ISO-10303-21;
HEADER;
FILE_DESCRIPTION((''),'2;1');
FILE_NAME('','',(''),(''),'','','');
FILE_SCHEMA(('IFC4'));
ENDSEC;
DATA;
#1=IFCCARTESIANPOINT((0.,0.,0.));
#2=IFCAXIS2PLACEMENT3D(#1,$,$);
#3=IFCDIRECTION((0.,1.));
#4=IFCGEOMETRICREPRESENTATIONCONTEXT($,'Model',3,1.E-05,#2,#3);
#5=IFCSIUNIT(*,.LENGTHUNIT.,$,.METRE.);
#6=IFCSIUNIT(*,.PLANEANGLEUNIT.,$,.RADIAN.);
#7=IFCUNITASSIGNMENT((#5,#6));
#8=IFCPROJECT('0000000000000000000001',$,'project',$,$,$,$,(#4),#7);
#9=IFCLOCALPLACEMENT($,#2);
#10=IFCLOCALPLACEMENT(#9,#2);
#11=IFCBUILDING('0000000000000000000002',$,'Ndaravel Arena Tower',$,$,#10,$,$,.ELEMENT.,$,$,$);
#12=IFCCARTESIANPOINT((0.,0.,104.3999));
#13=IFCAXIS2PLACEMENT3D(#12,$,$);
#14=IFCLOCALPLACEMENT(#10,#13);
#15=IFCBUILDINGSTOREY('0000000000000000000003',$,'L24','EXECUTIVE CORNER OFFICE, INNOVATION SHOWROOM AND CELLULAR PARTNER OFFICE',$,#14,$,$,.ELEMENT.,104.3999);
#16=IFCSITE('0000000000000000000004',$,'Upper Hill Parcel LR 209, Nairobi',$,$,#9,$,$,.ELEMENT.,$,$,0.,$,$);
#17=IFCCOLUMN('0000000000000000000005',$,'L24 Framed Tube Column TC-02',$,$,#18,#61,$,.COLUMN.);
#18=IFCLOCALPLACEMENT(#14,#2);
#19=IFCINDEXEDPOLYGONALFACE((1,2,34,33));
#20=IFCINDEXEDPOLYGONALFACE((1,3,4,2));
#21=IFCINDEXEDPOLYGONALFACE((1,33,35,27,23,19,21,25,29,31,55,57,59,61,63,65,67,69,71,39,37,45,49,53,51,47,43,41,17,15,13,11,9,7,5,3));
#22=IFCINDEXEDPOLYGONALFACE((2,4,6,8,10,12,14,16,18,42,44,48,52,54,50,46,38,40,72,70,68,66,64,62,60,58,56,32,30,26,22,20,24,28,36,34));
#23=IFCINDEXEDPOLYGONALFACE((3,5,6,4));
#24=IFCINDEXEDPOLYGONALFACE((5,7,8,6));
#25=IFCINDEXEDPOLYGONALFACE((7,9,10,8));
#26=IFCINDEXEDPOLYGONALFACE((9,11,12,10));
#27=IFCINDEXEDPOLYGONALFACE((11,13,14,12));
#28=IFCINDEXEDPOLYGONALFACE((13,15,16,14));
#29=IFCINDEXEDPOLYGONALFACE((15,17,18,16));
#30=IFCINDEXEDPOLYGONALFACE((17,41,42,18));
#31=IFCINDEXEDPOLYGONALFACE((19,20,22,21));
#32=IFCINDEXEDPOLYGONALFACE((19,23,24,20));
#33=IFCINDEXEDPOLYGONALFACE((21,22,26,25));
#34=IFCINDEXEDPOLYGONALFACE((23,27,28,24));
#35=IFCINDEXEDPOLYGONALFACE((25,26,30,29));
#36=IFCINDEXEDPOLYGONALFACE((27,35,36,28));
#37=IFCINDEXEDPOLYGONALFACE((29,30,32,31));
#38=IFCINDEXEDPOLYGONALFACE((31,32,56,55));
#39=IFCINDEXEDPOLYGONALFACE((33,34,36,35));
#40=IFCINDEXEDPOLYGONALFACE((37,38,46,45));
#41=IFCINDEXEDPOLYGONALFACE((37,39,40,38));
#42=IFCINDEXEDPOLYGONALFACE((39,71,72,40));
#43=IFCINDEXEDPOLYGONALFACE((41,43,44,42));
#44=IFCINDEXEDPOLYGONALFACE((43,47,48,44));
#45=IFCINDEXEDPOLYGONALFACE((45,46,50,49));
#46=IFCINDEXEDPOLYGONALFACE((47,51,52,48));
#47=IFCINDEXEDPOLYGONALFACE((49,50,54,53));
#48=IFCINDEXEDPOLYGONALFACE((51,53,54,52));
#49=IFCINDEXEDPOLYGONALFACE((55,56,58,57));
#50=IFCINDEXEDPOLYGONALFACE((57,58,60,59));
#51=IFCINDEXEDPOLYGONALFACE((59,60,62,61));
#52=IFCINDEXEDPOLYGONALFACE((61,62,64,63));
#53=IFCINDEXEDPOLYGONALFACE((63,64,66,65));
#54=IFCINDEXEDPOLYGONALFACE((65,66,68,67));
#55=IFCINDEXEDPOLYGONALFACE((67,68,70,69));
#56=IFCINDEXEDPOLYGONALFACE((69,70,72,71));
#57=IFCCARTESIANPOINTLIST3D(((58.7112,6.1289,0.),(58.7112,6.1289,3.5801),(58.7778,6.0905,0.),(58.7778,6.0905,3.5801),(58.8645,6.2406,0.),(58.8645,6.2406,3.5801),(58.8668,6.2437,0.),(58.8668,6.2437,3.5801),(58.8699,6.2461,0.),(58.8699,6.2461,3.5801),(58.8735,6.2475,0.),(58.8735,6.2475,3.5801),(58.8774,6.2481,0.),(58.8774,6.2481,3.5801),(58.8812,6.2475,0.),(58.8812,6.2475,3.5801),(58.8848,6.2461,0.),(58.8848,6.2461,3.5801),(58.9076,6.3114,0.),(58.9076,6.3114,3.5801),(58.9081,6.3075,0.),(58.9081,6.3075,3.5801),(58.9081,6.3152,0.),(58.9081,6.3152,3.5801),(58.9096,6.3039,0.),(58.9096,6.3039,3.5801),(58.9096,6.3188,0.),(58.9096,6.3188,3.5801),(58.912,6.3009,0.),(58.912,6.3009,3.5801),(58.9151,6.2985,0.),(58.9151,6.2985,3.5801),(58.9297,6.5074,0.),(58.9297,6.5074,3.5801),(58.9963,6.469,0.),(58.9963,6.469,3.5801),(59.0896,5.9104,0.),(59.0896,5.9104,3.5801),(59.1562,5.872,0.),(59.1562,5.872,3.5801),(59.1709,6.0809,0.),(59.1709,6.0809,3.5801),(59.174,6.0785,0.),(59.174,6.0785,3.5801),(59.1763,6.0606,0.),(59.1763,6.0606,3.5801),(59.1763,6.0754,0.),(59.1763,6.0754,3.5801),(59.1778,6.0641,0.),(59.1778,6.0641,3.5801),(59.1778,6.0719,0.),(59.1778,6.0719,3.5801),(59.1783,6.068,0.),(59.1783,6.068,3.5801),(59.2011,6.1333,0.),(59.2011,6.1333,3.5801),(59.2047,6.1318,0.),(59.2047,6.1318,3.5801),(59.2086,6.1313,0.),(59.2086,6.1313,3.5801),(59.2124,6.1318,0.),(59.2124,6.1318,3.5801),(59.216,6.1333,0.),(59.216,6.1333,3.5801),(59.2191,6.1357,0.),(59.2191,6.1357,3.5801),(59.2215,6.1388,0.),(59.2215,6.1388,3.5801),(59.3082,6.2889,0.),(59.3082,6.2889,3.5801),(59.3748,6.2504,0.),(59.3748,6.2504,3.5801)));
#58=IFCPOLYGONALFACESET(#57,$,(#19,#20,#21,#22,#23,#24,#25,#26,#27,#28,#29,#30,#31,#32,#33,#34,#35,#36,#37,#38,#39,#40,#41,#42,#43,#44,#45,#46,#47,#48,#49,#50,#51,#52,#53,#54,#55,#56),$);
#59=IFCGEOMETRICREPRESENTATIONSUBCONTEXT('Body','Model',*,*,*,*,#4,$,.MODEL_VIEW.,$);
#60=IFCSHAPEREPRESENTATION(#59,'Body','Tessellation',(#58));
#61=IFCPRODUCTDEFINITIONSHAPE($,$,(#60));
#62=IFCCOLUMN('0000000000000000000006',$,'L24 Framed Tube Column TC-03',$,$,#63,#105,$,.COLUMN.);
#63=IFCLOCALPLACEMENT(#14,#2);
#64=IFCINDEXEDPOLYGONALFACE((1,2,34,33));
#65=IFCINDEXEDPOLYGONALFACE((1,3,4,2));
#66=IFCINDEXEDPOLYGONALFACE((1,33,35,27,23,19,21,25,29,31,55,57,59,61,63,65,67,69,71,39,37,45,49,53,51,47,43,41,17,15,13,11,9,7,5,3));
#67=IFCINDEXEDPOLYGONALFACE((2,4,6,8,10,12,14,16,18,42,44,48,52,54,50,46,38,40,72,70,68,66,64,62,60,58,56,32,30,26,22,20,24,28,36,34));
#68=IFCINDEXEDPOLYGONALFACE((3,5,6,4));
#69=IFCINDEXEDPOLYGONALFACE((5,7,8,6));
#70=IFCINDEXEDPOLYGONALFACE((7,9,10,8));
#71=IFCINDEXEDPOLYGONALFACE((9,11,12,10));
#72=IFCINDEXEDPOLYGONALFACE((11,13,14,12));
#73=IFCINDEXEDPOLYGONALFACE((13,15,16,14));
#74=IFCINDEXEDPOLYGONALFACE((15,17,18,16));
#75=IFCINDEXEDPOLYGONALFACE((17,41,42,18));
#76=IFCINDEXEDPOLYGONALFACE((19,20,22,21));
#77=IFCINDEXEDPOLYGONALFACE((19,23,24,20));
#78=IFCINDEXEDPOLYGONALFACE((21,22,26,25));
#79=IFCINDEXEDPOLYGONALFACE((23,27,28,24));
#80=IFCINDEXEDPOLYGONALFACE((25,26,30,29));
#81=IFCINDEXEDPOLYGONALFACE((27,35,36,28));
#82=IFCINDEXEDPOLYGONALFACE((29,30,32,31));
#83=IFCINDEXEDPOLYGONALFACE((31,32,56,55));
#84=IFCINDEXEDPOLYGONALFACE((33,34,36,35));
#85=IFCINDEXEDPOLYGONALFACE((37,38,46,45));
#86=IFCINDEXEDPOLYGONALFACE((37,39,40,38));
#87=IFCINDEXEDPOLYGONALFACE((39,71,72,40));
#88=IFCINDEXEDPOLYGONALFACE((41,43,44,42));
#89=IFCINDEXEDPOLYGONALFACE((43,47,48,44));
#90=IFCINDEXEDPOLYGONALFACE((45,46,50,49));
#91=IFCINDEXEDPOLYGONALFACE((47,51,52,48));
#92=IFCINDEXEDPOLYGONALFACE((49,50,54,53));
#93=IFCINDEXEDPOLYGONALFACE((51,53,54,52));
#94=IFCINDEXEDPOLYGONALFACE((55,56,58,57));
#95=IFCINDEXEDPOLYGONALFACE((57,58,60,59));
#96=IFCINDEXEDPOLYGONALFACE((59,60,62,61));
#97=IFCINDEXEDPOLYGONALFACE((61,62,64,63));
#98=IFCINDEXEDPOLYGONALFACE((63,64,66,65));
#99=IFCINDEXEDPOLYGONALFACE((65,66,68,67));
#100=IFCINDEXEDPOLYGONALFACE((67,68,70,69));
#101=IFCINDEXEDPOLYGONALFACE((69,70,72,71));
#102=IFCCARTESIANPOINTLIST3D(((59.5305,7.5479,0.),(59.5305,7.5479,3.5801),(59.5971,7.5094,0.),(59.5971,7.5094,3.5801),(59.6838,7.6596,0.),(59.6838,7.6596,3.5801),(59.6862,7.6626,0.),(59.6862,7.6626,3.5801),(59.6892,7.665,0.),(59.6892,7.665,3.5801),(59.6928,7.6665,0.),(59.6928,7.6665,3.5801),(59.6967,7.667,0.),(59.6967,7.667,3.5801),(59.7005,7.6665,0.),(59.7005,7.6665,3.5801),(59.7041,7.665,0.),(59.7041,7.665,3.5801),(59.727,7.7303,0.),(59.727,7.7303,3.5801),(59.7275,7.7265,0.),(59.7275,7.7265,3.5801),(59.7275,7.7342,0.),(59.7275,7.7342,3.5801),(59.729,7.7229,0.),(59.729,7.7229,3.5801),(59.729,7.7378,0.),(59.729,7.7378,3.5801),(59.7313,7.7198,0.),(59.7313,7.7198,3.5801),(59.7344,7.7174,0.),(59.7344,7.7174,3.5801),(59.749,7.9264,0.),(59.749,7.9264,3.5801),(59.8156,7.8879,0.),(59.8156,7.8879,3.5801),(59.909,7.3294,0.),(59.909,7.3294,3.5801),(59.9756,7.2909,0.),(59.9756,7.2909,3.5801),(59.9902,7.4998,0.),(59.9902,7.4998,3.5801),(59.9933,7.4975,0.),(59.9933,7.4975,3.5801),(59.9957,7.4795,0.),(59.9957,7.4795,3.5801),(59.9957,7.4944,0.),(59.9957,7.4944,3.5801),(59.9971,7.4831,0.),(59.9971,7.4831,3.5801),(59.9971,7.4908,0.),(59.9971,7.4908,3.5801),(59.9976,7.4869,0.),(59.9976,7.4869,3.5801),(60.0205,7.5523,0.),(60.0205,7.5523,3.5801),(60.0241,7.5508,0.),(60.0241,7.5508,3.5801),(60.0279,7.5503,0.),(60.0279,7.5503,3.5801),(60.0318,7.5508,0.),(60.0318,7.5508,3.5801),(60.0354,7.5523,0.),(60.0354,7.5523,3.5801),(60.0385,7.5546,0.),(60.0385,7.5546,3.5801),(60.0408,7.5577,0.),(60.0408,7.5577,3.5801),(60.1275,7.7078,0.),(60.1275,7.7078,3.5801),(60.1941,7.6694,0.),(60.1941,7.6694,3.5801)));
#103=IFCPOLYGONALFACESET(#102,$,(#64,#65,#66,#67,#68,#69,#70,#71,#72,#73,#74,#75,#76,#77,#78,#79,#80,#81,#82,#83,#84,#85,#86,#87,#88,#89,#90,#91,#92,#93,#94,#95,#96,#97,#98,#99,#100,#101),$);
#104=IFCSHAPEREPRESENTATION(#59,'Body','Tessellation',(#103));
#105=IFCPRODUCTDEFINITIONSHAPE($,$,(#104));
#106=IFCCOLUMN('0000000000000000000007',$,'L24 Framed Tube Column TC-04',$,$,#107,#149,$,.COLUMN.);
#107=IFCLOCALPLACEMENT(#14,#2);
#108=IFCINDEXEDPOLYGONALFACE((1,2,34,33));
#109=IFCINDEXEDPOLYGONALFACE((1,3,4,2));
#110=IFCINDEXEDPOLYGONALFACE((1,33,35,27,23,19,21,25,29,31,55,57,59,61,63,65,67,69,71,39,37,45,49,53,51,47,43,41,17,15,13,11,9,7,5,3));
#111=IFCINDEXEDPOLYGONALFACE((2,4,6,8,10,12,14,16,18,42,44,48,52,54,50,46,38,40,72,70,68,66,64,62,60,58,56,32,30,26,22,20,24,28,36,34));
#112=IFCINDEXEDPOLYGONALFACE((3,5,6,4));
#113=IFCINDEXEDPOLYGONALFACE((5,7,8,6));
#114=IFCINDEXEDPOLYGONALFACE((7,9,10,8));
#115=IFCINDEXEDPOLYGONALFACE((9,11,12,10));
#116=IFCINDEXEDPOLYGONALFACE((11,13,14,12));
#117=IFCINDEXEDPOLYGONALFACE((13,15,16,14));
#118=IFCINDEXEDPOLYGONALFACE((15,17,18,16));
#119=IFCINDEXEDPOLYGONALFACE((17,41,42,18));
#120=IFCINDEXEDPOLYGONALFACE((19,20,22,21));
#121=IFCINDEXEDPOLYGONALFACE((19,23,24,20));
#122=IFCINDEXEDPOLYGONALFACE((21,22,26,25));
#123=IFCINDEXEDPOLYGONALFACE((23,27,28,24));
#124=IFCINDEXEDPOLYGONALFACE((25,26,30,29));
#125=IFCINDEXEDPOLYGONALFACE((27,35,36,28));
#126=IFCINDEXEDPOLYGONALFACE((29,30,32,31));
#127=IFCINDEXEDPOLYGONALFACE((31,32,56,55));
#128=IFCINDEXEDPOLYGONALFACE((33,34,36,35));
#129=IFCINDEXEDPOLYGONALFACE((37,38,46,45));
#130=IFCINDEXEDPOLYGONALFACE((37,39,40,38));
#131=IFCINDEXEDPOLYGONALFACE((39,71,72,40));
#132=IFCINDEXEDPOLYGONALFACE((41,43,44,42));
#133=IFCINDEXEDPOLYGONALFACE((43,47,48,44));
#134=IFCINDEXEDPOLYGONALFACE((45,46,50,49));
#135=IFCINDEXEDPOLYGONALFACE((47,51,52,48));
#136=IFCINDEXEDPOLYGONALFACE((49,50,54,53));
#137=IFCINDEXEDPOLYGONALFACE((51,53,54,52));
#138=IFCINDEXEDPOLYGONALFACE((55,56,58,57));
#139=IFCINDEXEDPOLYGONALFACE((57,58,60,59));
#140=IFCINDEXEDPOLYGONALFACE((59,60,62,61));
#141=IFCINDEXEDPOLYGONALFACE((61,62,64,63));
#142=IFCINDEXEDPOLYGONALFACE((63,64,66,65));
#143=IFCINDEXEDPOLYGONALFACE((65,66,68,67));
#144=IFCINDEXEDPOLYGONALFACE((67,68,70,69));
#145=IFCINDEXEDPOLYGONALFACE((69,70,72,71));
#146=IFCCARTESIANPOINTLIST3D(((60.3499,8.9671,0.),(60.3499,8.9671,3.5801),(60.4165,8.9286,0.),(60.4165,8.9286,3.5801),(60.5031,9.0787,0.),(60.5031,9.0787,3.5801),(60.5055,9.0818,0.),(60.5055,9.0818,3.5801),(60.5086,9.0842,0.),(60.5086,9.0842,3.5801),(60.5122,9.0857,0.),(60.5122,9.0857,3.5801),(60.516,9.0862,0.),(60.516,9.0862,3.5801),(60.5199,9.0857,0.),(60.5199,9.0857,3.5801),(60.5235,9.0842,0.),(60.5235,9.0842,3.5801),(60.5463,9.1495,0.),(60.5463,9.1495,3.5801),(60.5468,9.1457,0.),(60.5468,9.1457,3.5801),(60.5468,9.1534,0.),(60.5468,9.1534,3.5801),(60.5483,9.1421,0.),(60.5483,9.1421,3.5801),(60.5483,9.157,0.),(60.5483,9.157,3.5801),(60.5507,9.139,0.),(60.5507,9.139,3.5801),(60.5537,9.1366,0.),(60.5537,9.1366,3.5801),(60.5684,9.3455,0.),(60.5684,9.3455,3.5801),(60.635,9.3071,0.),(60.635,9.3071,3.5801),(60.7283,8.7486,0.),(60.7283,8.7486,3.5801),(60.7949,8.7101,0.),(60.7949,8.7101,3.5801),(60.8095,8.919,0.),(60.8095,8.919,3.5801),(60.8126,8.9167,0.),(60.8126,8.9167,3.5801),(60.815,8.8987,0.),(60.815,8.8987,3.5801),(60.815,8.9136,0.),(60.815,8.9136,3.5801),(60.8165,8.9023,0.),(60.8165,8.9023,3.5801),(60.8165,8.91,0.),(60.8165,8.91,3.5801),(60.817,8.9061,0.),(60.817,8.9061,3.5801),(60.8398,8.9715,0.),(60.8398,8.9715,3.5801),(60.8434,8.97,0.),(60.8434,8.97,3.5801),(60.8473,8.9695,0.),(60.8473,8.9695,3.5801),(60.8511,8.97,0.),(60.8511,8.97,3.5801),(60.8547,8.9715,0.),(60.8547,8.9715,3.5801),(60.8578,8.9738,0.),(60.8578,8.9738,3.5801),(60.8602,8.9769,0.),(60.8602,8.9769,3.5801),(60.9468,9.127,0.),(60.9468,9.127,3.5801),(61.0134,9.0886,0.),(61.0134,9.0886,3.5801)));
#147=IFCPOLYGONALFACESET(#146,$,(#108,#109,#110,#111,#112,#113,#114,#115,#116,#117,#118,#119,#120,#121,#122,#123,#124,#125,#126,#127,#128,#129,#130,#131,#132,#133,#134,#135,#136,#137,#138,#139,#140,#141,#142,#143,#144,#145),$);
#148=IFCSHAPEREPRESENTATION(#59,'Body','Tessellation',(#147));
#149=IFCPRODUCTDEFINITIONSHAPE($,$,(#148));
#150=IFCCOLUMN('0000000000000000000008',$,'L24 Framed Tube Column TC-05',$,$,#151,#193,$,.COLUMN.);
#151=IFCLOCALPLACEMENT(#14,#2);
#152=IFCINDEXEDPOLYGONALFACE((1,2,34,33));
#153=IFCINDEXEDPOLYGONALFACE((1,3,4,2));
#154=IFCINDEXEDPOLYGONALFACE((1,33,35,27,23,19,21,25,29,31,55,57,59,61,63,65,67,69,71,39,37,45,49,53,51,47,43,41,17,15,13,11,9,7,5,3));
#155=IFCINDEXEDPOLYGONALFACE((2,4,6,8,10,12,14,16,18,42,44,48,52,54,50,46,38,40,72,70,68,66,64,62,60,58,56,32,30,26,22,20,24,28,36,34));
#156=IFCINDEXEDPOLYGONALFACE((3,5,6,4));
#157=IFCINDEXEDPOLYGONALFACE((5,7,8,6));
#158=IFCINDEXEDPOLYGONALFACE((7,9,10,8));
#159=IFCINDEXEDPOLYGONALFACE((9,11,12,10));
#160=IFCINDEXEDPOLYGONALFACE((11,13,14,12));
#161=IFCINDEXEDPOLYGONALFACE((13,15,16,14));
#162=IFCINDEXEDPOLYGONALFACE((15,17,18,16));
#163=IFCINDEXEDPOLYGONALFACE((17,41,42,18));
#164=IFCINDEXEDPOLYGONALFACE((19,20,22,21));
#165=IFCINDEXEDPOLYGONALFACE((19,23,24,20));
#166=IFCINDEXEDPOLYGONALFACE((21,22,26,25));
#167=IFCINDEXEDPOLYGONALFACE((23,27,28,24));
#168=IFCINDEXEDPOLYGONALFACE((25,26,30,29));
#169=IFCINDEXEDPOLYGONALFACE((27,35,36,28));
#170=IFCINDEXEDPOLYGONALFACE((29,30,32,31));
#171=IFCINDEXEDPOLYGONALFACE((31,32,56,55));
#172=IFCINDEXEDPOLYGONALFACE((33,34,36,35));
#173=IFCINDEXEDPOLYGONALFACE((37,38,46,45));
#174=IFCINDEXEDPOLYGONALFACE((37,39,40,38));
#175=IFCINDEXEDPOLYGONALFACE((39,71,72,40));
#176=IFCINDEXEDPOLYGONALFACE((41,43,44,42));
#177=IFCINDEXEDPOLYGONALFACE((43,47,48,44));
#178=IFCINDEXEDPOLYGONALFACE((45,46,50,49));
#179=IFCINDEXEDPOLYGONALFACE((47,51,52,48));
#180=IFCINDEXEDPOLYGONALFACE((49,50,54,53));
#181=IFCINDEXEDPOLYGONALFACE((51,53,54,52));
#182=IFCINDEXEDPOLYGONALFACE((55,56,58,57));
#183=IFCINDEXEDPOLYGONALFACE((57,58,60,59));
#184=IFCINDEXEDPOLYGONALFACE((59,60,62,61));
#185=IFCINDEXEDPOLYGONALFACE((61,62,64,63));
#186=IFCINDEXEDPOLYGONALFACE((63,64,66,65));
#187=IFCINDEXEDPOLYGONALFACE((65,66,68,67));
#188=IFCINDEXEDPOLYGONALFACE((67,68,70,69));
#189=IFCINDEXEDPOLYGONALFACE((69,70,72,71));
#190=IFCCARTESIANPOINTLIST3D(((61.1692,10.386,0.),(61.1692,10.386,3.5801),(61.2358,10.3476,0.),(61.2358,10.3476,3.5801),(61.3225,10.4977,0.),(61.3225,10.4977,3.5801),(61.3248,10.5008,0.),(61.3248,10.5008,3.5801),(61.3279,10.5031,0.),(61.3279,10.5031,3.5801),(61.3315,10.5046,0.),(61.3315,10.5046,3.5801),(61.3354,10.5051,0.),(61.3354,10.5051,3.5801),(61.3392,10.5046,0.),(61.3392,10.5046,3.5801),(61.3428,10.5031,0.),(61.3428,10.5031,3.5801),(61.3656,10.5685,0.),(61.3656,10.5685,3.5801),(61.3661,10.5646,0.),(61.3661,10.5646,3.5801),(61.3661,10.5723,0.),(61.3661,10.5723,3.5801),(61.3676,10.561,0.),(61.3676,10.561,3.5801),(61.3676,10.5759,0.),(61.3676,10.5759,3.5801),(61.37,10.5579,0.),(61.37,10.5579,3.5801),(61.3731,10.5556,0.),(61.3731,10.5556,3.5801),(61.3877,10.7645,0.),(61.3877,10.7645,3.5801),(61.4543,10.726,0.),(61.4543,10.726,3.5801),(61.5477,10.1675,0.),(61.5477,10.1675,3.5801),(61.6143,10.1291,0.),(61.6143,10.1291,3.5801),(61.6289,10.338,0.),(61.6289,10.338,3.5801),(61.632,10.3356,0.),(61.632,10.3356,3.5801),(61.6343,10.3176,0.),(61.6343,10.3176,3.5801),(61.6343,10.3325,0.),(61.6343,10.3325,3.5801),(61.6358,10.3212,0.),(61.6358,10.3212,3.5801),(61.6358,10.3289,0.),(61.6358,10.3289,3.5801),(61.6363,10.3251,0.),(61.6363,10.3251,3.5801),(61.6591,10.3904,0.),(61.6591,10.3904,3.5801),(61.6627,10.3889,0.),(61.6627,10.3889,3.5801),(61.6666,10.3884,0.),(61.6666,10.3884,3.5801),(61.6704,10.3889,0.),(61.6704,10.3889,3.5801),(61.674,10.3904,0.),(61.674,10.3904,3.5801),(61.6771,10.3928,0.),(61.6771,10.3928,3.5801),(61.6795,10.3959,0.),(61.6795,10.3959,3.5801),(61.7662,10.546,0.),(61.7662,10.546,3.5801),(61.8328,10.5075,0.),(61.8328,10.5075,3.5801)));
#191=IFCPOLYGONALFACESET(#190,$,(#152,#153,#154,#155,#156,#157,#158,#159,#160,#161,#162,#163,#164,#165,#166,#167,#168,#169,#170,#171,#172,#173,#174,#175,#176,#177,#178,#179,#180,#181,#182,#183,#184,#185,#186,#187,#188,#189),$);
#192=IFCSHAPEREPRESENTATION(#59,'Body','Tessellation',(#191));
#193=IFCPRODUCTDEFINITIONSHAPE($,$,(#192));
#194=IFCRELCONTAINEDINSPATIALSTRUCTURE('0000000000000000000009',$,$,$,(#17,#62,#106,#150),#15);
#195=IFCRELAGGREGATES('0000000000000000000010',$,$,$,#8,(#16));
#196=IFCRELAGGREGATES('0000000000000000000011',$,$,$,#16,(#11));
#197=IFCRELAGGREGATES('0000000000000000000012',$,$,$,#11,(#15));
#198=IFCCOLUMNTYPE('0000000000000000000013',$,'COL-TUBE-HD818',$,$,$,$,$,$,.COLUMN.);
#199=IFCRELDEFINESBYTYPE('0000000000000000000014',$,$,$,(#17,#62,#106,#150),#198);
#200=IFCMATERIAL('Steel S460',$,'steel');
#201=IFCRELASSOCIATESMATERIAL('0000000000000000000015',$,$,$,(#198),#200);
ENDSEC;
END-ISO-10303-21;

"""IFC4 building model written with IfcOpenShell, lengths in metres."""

from ifc_helpers import new_model, si_unit, direction, frame, origin, origin_2d, place, context, subcontext, project, spatial, i_section, extrude, material, material_profile, profile_set, type_object, element, save


model = new_model("IFC4")

# Units and contexts
model_context = context("Model", 3, precision=1e-05, world=origin(), true_north=direction((0.0, 1.0)))
body_context = subcontext(model_context, "Body", "Model", "MODEL_VIEW")
ifc_project = project(units=[si_unit("LENGTHUNIT", "METRE"), si_unit("PLANEANGLEUNIT", "RADIAN")], contexts=[model_context])

# Site, building, storey
site_placement = place(None, origin())
site = spatial("IfcSite", under=ifc_project, at=site_placement, Name="Upper Hill Parcel LR 209, Nairobi", CompositionType="ELEMENT", RefElevation=0.0)
building_placement = place(site_placement, origin())
building = spatial("IfcBuilding", under=site, at=building_placement, Name="Ndaravel Arena Tower", CompositionType="ELEMENT")
storey_placement = place(building_placement, frame((0.0, 0.0, 104.3999)))
storey = spatial("IfcBuildingStorey", under=building, at=storey_placement, Name="L24", Description="EXECUTIVE CORNER OFFICE, INNOVATION SHOWROOM AND CELLULAR PARTNER OFFICE", CompositionType="ELEMENT", Elevation=104.3999)

# Columns
ifc_material_1 = material(Name="Steel S460", Category="steel")
ifc_material_profile_1 = material_profile(ifc_material_1, i_section(OverallWidth=0.437, OverallDepth=0.5139, WebThickness=0.0605, FlangeThickness=0.0769, FilletRadius=0.0149, at=origin_2d()), Name="HD 400x818")
ifc_profile_set_1 = profile_set([ifc_material_profile_1], Name="Steel S460")
column_type = type_object("IfcColumnType", Name="COL-TUBE-HD818", PredefinedType="COLUMN", material=ifc_profile_set_1)
for number, where, z_axis, x_axis, name in (
    (1, (59.043, 6.1897, 0.0), (0.0, 0.0, 1.0), (0.5, 0.866025, 0.0), "L24 Framed Tube Column TC-02"),
    (2, (59.8623, 7.6086, 0.0), (0.0, 0.0, 1.0), (0.5, 0.866025, 0.0), "L24 Framed Tube Column TC-03"),
    (3, (60.6816, 9.0278, 0.0), (0.0, 0.0, 1.0), (0.5, 0.866025, 0.0), "L24 Framed Tube Column TC-04"),
    (4, (61.501, 10.4468, 0.0), (0.0, 0.0, 1.0), (0.5, 0.866025, 0.0), "L24 Framed Tube Column TC-05"),
):
    element("IfcColumn", number, at=place(storey_placement, frame(where, z_axis=z_axis, x_axis=x_axis)), inside=storey, type_object=column_type, Name=name, PredefinedType="COLUMN", context=body_context, shape_type="SweptSolid", body=[
        extrude(i_section(OverallWidth=0.437, OverallDepth=0.5139, WebThickness=0.0605, FlangeThickness=0.0769, FilletRadius=0.0149, at=origin_2d()), origin(), (0.0, 0.0, 1.0), 3.5801),
    ])

save(model, "model.ifc")
